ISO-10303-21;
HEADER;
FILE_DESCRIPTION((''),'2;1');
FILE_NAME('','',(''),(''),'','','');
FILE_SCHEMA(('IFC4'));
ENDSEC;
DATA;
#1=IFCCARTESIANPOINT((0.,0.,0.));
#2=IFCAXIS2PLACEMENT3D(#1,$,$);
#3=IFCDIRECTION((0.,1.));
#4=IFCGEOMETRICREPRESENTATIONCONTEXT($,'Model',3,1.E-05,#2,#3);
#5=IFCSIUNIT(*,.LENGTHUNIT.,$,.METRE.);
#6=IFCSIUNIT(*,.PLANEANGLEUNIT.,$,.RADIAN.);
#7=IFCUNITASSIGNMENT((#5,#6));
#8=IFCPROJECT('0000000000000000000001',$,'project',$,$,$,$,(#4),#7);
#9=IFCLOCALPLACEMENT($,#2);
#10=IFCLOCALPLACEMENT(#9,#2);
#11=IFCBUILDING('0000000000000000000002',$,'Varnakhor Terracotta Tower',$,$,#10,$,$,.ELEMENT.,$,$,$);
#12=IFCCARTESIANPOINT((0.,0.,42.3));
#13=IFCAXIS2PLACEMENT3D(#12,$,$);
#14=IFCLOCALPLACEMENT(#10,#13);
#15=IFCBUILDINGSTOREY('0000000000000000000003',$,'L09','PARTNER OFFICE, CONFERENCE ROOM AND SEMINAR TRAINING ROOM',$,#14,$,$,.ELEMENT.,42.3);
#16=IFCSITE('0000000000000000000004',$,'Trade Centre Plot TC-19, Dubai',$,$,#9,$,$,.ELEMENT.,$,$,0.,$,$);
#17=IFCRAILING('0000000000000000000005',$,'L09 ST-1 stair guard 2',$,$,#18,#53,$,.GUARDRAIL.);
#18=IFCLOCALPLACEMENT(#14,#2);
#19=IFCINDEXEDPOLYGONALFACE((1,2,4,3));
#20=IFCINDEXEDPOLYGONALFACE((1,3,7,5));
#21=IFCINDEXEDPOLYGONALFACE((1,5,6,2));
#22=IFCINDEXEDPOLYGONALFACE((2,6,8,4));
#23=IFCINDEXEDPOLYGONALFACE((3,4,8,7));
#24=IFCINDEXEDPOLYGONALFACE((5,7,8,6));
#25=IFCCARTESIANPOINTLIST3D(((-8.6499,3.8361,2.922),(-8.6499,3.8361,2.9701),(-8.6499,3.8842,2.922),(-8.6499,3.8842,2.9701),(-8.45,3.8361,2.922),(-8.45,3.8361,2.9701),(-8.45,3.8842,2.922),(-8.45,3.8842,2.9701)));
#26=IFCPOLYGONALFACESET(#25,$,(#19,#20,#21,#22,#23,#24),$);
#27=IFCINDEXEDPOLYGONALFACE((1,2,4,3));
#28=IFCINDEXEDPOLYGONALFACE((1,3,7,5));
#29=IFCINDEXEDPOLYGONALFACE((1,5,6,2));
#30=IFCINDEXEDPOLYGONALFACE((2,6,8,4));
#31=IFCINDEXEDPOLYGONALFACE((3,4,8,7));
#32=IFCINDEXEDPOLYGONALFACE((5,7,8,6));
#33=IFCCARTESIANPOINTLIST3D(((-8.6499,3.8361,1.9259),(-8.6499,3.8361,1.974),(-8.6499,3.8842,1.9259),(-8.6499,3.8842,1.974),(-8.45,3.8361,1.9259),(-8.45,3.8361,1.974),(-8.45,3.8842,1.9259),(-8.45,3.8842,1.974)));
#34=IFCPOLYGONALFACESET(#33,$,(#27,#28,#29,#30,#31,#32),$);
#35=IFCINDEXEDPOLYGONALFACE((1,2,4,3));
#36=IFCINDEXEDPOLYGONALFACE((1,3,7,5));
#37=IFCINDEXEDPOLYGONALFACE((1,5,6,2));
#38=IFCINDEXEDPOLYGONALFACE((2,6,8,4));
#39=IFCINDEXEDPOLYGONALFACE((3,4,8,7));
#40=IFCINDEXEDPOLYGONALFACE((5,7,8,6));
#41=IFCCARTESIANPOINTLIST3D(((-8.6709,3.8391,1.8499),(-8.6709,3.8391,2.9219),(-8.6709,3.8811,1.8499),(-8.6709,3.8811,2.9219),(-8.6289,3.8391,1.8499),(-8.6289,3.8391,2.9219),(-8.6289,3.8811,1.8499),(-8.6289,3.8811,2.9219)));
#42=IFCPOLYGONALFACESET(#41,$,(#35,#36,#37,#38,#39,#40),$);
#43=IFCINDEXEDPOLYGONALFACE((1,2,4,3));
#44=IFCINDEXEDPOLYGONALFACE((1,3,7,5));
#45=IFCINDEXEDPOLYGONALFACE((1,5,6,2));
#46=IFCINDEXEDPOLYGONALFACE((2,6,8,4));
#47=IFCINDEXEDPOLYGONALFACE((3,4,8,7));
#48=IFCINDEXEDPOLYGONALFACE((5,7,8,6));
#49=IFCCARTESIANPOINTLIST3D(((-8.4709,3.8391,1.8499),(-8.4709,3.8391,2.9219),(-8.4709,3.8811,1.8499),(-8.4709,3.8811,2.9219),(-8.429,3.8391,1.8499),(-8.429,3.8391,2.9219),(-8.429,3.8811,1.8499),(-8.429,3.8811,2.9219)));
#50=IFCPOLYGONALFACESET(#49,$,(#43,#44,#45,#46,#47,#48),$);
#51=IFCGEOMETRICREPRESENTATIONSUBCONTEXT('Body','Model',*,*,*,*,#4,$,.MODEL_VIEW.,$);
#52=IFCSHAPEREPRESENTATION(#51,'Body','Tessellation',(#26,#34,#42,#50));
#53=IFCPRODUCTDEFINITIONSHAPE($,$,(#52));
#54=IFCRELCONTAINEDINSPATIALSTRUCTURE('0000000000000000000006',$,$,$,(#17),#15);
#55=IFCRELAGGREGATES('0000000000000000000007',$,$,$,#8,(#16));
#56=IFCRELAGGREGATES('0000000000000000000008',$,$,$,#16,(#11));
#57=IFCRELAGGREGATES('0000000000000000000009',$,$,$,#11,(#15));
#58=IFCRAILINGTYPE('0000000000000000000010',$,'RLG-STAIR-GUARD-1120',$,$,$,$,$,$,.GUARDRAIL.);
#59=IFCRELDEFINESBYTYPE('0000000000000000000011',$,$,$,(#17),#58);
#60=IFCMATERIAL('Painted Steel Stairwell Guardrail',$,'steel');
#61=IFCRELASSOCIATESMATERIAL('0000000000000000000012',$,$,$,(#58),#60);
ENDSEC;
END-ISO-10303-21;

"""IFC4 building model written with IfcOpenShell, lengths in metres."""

from ifc_helpers import new_model, si_unit, direction, frame, origin, origin_2d, place, context, subcontext, project, spatial, rectangle, extrude, material, type_object, element, save


model = new_model("IFC4")

# Units and contexts
model_context = context("Model", 3, precision=1e-05, world=origin(), true_north=direction((0.0, 1.0)))
body_context = subcontext(model_context, "Body", "Model", "MODEL_VIEW")
ifc_project = project(units=[si_unit("LENGTHUNIT", "METRE"), si_unit("PLANEANGLEUNIT", "RADIAN")], contexts=[model_context])

# Site, building, storey
site_placement = place(None, origin())
site = spatial("IfcSite", under=ifc_project, at=site_placement, Name="Trade Centre Plot TC-19, Dubai", CompositionType="ELEMENT", RefElevation=0.0)
building_placement = place(site_placement, origin())
building = spatial("IfcBuilding", under=site, at=building_placement, Name="Varnakhor Terracotta Tower", CompositionType="ELEMENT")
storey_placement = place(building_placement, frame((0.0, 0.0, 42.3)))
storey = spatial("IfcBuildingStorey", under=building, at=storey_placement, Name="L09", Description="PARTNER OFFICE, CONFERENCE ROOM AND SEMINAR TRAINING ROOM", CompositionType="ELEMENT", Elevation=42.3)

# Railing
ifc_material_1 = material(Name="Painted Steel Stairwell Guardrail", Category="steel")
railing_type = type_object("IfcRailingType", Name="RLG-STAIR-GUARD-1120", PredefinedType="GUARDRAIL", material=ifc_material_1)
railing_placement = place(storey_placement, frame((-8.6499, 3.8601, 1.8499)))
element("IfcRailing", 1, at=railing_placement, inside=storey, type_object=railing_type, Name="L09 ST-1 stair guard 2", PredefinedType="GUARDRAIL", context=body_context, shape_type="SweptSolid", body=[
    extrude(rectangle(XDim=0.0481, YDim=0.0481, at=origin_2d()), frame((0.0, 0.0, 1.0962), z_axis=(1.0, 0.0, 0.0), x_axis=(0.0, 1.0, 0.0)), (0.0, 0.0, 1.0), 0.2),
    extrude(rectangle(XDim=0.0481, YDim=0.0481, at=origin_2d()), frame((0.0, 0.0, 0.1001), z_axis=(1.0, 0.0, 0.0), x_axis=(0.0, 1.0, 0.0)), (0.0, 0.0, 1.0), 0.2),
    extrude(rectangle(XDim=0.042, YDim=0.042, at=origin_2d()), origin(), (0.0, 0.0, 1.0), 1.072),
    extrude(rectangle(XDim=0.042, YDim=0.042, at=origin_2d()), frame((0.2, 0.0, 0.0)), (0.0, 0.0, 1.0), 1.072),
])

save(model, "model.ifc")
